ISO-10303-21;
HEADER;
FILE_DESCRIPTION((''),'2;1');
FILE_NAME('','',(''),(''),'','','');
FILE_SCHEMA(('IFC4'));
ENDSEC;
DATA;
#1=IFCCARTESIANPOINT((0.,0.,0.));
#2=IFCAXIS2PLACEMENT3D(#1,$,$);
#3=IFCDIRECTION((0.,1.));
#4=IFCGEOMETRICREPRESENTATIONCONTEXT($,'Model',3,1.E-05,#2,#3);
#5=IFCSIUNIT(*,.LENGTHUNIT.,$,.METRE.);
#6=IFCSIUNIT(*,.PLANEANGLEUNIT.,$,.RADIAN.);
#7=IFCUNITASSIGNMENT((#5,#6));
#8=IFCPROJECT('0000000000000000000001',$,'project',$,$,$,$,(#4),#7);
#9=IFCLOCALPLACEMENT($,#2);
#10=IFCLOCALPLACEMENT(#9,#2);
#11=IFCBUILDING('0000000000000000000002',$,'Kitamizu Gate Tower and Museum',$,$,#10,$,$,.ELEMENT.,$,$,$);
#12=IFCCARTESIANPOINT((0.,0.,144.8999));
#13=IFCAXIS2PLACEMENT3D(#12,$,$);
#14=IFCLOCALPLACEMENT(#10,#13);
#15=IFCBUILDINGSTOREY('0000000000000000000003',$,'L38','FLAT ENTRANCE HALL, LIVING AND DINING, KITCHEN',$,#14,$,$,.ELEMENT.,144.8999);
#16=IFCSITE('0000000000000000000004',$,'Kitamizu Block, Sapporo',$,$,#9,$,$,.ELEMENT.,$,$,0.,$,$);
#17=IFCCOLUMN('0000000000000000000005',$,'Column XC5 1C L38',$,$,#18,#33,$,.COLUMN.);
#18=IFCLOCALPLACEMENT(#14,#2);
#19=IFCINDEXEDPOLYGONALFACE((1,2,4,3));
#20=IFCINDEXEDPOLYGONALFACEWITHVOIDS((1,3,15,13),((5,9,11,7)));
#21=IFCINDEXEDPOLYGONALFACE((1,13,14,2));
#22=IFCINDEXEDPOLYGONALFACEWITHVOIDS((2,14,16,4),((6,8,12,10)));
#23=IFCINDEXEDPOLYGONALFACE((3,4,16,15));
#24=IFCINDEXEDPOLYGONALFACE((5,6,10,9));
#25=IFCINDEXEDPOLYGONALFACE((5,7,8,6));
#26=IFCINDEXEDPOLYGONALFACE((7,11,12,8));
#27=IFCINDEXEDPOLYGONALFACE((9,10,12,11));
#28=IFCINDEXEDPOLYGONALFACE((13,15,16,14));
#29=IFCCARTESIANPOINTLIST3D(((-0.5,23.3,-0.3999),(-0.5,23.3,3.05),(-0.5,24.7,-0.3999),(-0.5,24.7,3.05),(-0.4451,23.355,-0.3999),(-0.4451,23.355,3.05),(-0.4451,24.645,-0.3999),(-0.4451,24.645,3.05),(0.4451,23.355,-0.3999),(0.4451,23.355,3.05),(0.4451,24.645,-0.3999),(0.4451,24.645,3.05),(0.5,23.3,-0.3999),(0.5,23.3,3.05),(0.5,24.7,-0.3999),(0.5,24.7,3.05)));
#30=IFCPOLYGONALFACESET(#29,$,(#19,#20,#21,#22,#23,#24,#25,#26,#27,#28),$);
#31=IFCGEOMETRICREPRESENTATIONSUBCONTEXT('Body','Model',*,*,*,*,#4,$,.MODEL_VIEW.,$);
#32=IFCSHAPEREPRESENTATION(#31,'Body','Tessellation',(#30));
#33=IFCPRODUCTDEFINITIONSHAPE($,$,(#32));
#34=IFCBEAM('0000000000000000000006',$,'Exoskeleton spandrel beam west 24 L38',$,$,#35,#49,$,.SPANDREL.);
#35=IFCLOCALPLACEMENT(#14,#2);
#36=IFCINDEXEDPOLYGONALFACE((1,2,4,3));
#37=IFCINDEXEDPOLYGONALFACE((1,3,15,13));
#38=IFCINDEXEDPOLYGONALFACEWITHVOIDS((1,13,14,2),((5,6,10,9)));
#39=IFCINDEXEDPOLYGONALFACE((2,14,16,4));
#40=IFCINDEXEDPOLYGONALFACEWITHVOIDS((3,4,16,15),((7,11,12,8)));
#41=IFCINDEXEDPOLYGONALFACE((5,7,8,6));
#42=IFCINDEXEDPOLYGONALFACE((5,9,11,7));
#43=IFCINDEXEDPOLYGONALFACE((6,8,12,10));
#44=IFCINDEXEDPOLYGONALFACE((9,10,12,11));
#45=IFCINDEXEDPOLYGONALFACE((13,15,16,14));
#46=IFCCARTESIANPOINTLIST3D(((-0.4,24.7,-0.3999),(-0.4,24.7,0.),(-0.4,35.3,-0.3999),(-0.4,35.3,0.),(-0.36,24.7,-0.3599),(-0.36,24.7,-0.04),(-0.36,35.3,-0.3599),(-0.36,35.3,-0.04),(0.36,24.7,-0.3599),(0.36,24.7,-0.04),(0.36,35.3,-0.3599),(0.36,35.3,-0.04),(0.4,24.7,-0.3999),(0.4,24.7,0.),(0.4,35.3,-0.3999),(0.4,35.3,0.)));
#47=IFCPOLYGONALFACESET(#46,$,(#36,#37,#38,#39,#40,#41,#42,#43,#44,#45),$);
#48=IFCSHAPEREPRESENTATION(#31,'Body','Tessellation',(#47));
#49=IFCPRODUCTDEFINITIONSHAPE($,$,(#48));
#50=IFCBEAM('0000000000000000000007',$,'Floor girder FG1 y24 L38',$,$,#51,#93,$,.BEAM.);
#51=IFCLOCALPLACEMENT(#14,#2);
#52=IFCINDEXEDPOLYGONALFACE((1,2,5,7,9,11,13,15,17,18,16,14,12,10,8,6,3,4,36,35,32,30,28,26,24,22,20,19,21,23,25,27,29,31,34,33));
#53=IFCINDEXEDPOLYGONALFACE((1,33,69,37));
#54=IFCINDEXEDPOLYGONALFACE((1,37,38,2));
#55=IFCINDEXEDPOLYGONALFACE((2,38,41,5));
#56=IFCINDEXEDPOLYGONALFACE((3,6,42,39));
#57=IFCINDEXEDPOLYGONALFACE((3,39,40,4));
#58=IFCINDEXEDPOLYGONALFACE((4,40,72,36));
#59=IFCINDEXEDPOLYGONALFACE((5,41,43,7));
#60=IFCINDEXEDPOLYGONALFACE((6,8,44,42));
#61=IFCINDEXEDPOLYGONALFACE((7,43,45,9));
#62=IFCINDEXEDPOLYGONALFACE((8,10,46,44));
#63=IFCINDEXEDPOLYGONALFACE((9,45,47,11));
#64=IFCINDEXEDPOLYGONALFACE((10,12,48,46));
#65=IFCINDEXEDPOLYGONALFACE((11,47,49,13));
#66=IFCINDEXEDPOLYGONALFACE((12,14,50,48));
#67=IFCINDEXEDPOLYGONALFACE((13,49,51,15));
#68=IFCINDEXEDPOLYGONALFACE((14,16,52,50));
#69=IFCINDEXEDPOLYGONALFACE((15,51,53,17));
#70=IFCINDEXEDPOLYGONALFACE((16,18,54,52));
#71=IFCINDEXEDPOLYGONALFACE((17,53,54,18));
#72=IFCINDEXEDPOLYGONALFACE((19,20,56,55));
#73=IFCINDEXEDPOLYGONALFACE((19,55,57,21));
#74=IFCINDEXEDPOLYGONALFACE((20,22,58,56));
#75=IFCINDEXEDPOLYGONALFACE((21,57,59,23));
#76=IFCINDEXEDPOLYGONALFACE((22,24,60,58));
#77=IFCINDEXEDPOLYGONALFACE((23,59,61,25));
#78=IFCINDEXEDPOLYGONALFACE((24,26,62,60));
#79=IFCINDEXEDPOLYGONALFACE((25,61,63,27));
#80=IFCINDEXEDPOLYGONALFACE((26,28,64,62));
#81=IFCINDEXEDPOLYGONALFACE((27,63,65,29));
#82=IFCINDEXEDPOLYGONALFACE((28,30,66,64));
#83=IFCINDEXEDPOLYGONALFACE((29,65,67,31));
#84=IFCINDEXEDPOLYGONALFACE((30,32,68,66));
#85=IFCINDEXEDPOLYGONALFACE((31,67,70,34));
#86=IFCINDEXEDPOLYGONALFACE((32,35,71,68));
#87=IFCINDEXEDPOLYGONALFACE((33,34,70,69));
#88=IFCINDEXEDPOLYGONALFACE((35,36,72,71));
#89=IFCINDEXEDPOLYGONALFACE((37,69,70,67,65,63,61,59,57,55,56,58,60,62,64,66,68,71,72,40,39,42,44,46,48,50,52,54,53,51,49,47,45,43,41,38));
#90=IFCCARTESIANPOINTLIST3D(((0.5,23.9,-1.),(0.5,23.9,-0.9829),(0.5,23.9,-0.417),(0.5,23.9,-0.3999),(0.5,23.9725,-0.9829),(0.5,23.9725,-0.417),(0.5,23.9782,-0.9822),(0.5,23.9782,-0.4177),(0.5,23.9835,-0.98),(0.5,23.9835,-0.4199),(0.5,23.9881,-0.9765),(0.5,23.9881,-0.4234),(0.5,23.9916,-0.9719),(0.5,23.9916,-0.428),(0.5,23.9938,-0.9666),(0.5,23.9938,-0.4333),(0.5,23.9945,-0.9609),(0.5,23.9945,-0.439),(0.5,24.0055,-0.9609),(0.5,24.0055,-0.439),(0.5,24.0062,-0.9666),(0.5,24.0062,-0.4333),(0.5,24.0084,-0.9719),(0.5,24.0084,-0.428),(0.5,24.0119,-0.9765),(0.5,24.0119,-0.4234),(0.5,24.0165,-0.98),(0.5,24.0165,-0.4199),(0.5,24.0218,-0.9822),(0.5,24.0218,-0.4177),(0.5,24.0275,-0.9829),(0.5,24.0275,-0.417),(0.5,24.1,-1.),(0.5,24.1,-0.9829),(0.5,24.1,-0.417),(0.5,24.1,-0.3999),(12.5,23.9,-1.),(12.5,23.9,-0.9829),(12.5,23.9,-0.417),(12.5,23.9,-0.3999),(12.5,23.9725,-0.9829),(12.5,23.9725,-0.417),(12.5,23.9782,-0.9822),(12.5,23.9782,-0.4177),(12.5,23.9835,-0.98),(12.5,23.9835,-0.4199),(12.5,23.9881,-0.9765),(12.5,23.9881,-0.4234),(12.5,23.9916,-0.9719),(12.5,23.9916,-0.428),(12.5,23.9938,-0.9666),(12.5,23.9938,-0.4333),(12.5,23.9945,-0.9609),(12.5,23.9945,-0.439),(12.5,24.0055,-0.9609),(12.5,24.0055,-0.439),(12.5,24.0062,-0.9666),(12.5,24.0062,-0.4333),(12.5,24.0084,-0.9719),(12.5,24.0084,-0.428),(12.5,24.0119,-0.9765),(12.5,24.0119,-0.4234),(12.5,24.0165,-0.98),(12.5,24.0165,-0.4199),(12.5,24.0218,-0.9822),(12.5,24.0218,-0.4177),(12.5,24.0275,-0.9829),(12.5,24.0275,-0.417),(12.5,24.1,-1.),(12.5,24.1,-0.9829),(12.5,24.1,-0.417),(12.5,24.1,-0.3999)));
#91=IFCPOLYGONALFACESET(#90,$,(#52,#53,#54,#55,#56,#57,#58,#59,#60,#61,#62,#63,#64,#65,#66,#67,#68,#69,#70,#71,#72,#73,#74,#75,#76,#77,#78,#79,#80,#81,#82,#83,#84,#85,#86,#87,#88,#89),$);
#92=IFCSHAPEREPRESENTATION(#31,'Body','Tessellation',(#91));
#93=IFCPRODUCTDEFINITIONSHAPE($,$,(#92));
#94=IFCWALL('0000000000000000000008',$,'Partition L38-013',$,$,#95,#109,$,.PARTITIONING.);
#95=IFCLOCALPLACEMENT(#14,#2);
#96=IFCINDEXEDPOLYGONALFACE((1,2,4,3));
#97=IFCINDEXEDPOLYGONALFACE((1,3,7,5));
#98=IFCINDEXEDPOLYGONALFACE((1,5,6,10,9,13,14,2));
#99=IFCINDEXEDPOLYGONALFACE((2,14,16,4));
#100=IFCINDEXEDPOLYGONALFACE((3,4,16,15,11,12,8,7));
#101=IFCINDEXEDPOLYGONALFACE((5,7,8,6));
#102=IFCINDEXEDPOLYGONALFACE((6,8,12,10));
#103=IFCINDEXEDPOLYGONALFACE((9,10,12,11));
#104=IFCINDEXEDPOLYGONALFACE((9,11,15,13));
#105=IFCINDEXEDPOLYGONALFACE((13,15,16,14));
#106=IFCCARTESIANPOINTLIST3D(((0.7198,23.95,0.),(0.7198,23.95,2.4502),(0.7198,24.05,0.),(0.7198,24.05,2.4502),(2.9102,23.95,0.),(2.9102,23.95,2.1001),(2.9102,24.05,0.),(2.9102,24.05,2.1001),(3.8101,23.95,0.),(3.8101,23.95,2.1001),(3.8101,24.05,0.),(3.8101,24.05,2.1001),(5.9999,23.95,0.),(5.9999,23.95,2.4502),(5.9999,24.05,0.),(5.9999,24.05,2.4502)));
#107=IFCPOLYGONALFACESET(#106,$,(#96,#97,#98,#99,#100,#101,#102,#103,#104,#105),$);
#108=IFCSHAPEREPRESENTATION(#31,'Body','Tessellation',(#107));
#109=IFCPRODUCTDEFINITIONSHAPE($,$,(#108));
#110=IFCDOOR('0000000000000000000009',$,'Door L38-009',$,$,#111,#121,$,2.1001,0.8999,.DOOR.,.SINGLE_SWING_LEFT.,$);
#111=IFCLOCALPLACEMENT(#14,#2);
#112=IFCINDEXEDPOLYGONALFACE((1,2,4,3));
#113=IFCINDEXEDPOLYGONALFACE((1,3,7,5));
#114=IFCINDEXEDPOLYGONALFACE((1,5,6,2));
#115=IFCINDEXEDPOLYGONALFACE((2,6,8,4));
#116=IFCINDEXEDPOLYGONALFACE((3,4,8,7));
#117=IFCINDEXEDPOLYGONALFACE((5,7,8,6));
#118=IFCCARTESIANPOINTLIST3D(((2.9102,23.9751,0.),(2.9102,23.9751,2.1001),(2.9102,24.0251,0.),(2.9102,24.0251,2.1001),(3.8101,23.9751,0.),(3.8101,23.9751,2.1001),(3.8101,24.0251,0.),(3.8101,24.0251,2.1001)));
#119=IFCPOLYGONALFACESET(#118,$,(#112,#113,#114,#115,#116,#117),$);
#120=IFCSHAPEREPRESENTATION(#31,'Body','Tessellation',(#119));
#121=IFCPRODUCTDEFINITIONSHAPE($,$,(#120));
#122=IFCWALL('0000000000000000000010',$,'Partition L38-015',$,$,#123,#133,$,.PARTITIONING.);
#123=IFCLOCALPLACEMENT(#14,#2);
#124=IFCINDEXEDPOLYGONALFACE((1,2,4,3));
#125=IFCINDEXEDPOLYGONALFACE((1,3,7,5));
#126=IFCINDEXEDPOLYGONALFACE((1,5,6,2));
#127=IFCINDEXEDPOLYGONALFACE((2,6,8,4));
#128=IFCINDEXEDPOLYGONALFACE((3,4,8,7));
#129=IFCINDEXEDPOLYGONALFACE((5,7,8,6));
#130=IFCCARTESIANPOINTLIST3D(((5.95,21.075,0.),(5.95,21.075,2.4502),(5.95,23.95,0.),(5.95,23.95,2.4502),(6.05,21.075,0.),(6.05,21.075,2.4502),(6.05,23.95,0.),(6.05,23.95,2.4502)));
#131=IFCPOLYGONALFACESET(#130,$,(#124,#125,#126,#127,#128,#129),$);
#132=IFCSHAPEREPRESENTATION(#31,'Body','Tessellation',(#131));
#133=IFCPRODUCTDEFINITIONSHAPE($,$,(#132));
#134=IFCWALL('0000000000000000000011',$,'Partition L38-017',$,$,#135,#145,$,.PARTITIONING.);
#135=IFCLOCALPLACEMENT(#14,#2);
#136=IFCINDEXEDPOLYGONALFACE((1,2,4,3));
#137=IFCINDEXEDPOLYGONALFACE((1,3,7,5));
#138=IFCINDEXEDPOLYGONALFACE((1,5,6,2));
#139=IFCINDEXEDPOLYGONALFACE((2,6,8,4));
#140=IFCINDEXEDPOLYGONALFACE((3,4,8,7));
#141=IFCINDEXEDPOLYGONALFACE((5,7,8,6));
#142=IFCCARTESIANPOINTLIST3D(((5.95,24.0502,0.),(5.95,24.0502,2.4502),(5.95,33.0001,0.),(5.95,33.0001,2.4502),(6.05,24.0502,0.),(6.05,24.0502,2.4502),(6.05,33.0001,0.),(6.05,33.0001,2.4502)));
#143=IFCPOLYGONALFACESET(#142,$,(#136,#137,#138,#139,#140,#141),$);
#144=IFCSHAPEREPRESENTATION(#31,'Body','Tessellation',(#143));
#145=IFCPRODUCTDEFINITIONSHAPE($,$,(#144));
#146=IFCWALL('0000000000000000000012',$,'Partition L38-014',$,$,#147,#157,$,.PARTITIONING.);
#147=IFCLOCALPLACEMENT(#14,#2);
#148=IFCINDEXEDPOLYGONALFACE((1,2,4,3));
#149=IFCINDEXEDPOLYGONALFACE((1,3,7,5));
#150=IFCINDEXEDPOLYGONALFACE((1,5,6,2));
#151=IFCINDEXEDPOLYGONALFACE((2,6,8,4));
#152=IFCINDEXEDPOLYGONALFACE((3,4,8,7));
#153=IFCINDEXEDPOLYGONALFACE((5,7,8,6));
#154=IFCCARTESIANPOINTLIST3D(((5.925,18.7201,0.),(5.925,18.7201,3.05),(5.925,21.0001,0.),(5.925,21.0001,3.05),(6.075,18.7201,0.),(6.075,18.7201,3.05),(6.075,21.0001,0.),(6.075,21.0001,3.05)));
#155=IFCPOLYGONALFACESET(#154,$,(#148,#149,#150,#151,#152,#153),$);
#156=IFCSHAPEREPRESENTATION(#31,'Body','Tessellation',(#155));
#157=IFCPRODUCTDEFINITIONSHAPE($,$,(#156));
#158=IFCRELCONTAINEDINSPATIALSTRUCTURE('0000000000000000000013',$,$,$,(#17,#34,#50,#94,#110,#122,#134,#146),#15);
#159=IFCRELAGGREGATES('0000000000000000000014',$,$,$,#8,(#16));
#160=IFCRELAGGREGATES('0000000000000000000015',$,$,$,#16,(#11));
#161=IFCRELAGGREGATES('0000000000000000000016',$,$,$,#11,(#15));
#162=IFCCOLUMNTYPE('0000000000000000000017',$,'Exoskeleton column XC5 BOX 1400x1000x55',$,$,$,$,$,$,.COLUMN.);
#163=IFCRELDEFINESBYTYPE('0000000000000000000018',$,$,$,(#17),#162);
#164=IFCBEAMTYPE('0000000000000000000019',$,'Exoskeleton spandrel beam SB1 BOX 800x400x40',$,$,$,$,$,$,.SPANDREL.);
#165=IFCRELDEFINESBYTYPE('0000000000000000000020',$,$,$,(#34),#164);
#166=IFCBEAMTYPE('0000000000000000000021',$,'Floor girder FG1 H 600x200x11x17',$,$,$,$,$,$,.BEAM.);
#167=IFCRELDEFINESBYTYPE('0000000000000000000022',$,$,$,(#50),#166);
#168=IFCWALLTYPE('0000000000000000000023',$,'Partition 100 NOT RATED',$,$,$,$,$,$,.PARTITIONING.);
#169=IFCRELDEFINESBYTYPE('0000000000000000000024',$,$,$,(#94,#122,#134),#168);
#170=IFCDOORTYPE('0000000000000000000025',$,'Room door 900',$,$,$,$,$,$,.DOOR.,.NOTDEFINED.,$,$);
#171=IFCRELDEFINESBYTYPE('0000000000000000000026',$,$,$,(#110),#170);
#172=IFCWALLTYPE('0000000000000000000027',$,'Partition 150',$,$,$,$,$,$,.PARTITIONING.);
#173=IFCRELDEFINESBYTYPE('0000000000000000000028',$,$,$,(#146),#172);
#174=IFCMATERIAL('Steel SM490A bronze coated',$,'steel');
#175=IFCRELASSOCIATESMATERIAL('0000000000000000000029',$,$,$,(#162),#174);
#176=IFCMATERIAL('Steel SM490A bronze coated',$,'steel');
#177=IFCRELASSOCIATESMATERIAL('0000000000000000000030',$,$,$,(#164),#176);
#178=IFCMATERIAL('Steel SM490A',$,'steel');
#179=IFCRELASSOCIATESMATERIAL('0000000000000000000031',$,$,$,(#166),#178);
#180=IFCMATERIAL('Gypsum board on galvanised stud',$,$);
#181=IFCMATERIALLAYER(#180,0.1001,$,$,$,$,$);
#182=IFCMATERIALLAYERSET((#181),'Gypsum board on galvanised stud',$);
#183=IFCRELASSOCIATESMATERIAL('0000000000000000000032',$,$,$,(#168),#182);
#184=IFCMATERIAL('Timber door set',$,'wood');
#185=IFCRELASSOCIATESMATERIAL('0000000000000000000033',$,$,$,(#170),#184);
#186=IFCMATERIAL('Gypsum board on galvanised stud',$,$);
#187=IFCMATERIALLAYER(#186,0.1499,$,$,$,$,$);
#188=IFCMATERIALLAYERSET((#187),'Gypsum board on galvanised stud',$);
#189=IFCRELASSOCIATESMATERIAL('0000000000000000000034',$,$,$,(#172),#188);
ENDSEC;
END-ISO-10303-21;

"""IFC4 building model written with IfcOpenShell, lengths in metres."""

from ifc_helpers import new_model, si_unit, direction, frame, frame_2d, origin, origin_2d, place, context, subcontext, project, spatial, rectangle, hollow_rectangle, i_section, extrude, material, layer, layer_set, material_profile, profile_set, type_object, element, fill, save


model = new_model("IFC4")

# Units and contexts
model_context = context("Model", 3, precision=1e-05, world=origin(), true_north=direction((0.0, 1.0)))
body_context = subcontext(model_context, "Body", "Model", "MODEL_VIEW")
ifc_project = project(units=[si_unit("LENGTHUNIT", "METRE"), si_unit("PLANEANGLEUNIT", "RADIAN")], contexts=[model_context])

# Site, building, storey
site_placement = place(None, origin())
site = spatial("IfcSite", under=ifc_project, at=site_placement, Name="Kitamizu Block, Sapporo", CompositionType="ELEMENT", RefElevation=0.0)
building_placement = place(site_placement, origin())
building = spatial("IfcBuilding", under=site, at=building_placement, Name="Kitamizu Gate Tower and Museum", CompositionType="ELEMENT")
storey_placement = place(building_placement, frame((0.0, 0.0, 144.8999)))
storey = spatial("IfcBuildingStorey", under=building, at=storey_placement, Name="L38", Description="FLAT ENTRANCE HALL, LIVING AND DINING, KITCHEN", CompositionType="ELEMENT", Elevation=144.8999)

# Column
ifc_material_1 = material(Name="Steel SM490A bronze coated", Category="steel")
ifc_material_profile_1 = material_profile(ifc_material_1, hollow_rectangle(XDim=1.3999, YDim=1.0, WallThickness=0.0549, at=origin_2d()), Name="BOX 1400x1000x55")
ifc_profile_set_1 = profile_set([ifc_material_profile_1], Name="Steel SM490A bronze coated")
column_type = type_object("IfcColumnType", Name="Exoskeleton column XC5 BOX 1400x1000x55", PredefinedType="COLUMN", material=ifc_profile_set_1)
column_placement = place(storey_placement, frame((0.0, 24.0, -0.3999), z_axis=(0.0, 0.0, 1.0), x_axis=(0.0, 1.0, 0.0)))
element("IfcColumn", 1, at=column_placement, inside=storey, type_object=column_type, Name="Column XC5 1C L38", PredefinedType="COLUMN", context=body_context, shape_type="SweptSolid", body=[
    extrude(hollow_rectangle(XDim=1.3999, YDim=1.0, WallThickness=0.0549, at=origin_2d()), origin(), (0.0, 0.0, 1.0), 3.45),
])

# Beams
ifc_material_2 = material(Name="Steel SM490A bronze coated", Category="steel")
ifc_material_profile_2 = material_profile(ifc_material_2, hollow_rectangle(XDim=0.8, YDim=0.3999, WallThickness=0.04, at=origin_2d()), Name="BOX 800x400x40")
ifc_profile_set_2 = profile_set([ifc_material_profile_2], Name="Steel SM490A bronze coated")
beam_type_1 = type_object("IfcBeamType", Name="Exoskeleton spandrel beam SB1 BOX 800x400x40", PredefinedType="SPANDREL", material=ifc_profile_set_2)
beam_1_placement = place(storey_placement, frame((0.0, 24.7, -0.2), z_axis=(0.0, 1.0, 0.0), x_axis=(-1.0, 0.0, 0.0)))
element("IfcBeam", 2, at=beam_1_placement, inside=storey, type_object=beam_type_1, Name="Exoskeleton spandrel beam west 24 L38", PredefinedType="SPANDREL", context=body_context, shape_type="SweptSolid", body=[
    extrude(hollow_rectangle(XDim=0.8, YDim=0.3999, WallThickness=0.04, at=origin_2d()), origin(), (0.0, 0.0, 1.0), 10.6001),
])
ifc_material_3 = material(Name="Steel SM490A", Category="steel")
ifc_material_profile_3 = material_profile(ifc_material_3, i_section(OverallWidth=0.2, OverallDepth=0.6001, WebThickness=0.011, FlangeThickness=0.0171, FilletRadius=0.022, at=origin_2d()), Name="H-600x200x11x17")
ifc_profile_set_3 = profile_set([ifc_material_profile_3], Name="Steel SM490A")
beam_type_2 = type_object("IfcBeamType", Name="Floor girder FG1 H 600x200x11x17", PredefinedType="BEAM", material=ifc_profile_set_3)
beam_2_placement = place(storey_placement, frame((0.5, 24.0, -0.7), z_axis=(1.0, 0.0, 0.0), x_axis=(0.0, 1.0, 0.0)))
element("IfcBeam", 3, at=beam_2_placement, inside=storey, type_object=beam_type_2, Name="Floor girder FG1 y24 L38", PredefinedType="BEAM", context=body_context, shape_type="SweptSolid", body=[
    extrude(i_section(OverallWidth=0.2, OverallDepth=0.6001, WebThickness=0.011, FlangeThickness=0.0171, FilletRadius=0.022, at=origin_2d()), origin(), (0.0, 0.0, 1.0), 12.0),
])

# Wall, opening, door
ifc_material_4 = material(Name="Gypsum board on galvanised stud")
ifc_layer_1 = layer(ifc_material_4, 0.1001)
ifc_layer_set_1 = layer_set([ifc_layer_1], Name="Gypsum board on galvanised stud")
wall_type_1 = type_object("IfcWallType", Name="Partition 100 NOT RATED", PredefinedType="PARTITIONING", material=ifc_layer_set_1)
wall_1_placement = place(storey_placement, frame((6.0, 24.0, 0.0), z_axis=(0.0, 0.0, 1.0), x_axis=(-1.0, 0.0, 0.0)))
wall_1 = element("IfcWall", 4, at=wall_1_placement, inside=storey, type_object=wall_type_1, Name="Partition L38-013", PredefinedType="PARTITIONING", context=body_context, shape_type="SweptSolid", body=[
    extrude(rectangle(XDim=5.28, YDim=0.1001, at=frame_2d((2.6401, 0.0))), origin(), (0.0, 0.0, 1.0), 2.4502),
])
opening_1_placement = place(wall_1_placement, frame((2.1899, 0.0, 0.0)))
opening_1 = element("IfcOpeningElement", 5, at=opening_1_placement, cuts=wall_1, PredefinedType="OPENING", context=body_context, shape_type="SweptSolid", body=[
    extrude(rectangle(XDim=0.8999, YDim=2.1001, at=frame_2d((0.45, 1.05))), frame((0.0, 0.0601, 0.0), z_axis=(0.0, -1.0, 0.0), x_axis=(1.0, 0.0, 0.0)), (0.0, 0.0, 1.0), 0.1201),
])
ifc_material_5 = material(Name="Timber door set", Category="wood")
door_type = type_object("IfcDoorType", Name="Room door 900", OperationType="NOTDEFINED", PredefinedType="DOOR", material=ifc_material_5)
door_placement = place(opening_1_placement, origin())
door = element("IfcDoor", 6, at=door_placement, inside=storey, type_object=door_type, Name="Door L38-009", OperationType="SINGLE_SWING_LEFT", OverallHeight=2.1001, OverallWidth=0.8999, PredefinedType="DOOR", context=body_context, shape_type="SweptSolid", body=[
    extrude(rectangle(XDim=0.8999, YDim=2.1001, at=frame_2d((0.45, 1.05))), frame((0.0, 0.0249, 0.0), z_axis=(0.0, -1.0, 0.0), x_axis=(1.0, 0.0, 0.0)), (0.0, 0.0, 1.0), 0.05),
])
fill(opening_1, door)

# Walls
wall_2_placement = place(storey_placement, frame((6.0, 21.075, 0.0), z_axis=(0.0, 0.0, 1.0), x_axis=(0.0, 1.0, 0.0)))
element("IfcWall", 7, at=wall_2_placement, inside=storey, type_object=wall_type_1, Name="Partition L38-015", PredefinedType="PARTITIONING", context=body_context, shape_type="SweptSolid", body=[
    extrude(rectangle(XDim=2.875, YDim=0.1001, at=frame_2d((1.4375, 0.0))), origin(), (0.0, 0.0, 1.0), 2.4502),
])
wall_3_placement = place(storey_placement, frame((6.0, 24.05, 0.0), z_axis=(0.0, 0.0, 1.0), x_axis=(0.0, 1.0, 0.0)))
element("IfcWall", 8, at=wall_3_placement, inside=storey, type_object=wall_type_1, Name="Partition L38-017", PredefinedType="PARTITIONING", context=body_context, shape_type="SweptSolid", body=[
    extrude(rectangle(XDim=8.95, YDim=0.1001, at=frame_2d((4.4751, 0.0))), origin(), (0.0, 0.0, 1.0), 2.4502),
])
ifc_material_6 = material(Name="Gypsum board on galvanised stud")
ifc_layer_2 = layer(ifc_material_6, 0.1499)
ifc_layer_set_2 = layer_set([ifc_layer_2], Name="Gypsum board on galvanised stud")
wall_type_2 = type_object("IfcWallType", Name="Partition 150", PredefinedType="PARTITIONING", material=ifc_layer_set_2)
wall_4_placement = place(storey_placement, frame((6.0, 18.72, 0.0), z_axis=(0.0, 0.0, 1.0), x_axis=(0.0, 1.0, 0.0)))
element("IfcWall", 9, at=wall_4_placement, inside=storey, type_object=wall_type_2, Name="Partition L38-014", PredefinedType="PARTITIONING", context=body_context, shape_type="SweptSolid", body=[
    extrude(rectangle(XDim=2.28, YDim=0.1499, at=frame_2d((1.1401, 0.0))), origin(), (0.0, 0.0, 1.0), 3.05),
])

save(model, "model.ifc")
